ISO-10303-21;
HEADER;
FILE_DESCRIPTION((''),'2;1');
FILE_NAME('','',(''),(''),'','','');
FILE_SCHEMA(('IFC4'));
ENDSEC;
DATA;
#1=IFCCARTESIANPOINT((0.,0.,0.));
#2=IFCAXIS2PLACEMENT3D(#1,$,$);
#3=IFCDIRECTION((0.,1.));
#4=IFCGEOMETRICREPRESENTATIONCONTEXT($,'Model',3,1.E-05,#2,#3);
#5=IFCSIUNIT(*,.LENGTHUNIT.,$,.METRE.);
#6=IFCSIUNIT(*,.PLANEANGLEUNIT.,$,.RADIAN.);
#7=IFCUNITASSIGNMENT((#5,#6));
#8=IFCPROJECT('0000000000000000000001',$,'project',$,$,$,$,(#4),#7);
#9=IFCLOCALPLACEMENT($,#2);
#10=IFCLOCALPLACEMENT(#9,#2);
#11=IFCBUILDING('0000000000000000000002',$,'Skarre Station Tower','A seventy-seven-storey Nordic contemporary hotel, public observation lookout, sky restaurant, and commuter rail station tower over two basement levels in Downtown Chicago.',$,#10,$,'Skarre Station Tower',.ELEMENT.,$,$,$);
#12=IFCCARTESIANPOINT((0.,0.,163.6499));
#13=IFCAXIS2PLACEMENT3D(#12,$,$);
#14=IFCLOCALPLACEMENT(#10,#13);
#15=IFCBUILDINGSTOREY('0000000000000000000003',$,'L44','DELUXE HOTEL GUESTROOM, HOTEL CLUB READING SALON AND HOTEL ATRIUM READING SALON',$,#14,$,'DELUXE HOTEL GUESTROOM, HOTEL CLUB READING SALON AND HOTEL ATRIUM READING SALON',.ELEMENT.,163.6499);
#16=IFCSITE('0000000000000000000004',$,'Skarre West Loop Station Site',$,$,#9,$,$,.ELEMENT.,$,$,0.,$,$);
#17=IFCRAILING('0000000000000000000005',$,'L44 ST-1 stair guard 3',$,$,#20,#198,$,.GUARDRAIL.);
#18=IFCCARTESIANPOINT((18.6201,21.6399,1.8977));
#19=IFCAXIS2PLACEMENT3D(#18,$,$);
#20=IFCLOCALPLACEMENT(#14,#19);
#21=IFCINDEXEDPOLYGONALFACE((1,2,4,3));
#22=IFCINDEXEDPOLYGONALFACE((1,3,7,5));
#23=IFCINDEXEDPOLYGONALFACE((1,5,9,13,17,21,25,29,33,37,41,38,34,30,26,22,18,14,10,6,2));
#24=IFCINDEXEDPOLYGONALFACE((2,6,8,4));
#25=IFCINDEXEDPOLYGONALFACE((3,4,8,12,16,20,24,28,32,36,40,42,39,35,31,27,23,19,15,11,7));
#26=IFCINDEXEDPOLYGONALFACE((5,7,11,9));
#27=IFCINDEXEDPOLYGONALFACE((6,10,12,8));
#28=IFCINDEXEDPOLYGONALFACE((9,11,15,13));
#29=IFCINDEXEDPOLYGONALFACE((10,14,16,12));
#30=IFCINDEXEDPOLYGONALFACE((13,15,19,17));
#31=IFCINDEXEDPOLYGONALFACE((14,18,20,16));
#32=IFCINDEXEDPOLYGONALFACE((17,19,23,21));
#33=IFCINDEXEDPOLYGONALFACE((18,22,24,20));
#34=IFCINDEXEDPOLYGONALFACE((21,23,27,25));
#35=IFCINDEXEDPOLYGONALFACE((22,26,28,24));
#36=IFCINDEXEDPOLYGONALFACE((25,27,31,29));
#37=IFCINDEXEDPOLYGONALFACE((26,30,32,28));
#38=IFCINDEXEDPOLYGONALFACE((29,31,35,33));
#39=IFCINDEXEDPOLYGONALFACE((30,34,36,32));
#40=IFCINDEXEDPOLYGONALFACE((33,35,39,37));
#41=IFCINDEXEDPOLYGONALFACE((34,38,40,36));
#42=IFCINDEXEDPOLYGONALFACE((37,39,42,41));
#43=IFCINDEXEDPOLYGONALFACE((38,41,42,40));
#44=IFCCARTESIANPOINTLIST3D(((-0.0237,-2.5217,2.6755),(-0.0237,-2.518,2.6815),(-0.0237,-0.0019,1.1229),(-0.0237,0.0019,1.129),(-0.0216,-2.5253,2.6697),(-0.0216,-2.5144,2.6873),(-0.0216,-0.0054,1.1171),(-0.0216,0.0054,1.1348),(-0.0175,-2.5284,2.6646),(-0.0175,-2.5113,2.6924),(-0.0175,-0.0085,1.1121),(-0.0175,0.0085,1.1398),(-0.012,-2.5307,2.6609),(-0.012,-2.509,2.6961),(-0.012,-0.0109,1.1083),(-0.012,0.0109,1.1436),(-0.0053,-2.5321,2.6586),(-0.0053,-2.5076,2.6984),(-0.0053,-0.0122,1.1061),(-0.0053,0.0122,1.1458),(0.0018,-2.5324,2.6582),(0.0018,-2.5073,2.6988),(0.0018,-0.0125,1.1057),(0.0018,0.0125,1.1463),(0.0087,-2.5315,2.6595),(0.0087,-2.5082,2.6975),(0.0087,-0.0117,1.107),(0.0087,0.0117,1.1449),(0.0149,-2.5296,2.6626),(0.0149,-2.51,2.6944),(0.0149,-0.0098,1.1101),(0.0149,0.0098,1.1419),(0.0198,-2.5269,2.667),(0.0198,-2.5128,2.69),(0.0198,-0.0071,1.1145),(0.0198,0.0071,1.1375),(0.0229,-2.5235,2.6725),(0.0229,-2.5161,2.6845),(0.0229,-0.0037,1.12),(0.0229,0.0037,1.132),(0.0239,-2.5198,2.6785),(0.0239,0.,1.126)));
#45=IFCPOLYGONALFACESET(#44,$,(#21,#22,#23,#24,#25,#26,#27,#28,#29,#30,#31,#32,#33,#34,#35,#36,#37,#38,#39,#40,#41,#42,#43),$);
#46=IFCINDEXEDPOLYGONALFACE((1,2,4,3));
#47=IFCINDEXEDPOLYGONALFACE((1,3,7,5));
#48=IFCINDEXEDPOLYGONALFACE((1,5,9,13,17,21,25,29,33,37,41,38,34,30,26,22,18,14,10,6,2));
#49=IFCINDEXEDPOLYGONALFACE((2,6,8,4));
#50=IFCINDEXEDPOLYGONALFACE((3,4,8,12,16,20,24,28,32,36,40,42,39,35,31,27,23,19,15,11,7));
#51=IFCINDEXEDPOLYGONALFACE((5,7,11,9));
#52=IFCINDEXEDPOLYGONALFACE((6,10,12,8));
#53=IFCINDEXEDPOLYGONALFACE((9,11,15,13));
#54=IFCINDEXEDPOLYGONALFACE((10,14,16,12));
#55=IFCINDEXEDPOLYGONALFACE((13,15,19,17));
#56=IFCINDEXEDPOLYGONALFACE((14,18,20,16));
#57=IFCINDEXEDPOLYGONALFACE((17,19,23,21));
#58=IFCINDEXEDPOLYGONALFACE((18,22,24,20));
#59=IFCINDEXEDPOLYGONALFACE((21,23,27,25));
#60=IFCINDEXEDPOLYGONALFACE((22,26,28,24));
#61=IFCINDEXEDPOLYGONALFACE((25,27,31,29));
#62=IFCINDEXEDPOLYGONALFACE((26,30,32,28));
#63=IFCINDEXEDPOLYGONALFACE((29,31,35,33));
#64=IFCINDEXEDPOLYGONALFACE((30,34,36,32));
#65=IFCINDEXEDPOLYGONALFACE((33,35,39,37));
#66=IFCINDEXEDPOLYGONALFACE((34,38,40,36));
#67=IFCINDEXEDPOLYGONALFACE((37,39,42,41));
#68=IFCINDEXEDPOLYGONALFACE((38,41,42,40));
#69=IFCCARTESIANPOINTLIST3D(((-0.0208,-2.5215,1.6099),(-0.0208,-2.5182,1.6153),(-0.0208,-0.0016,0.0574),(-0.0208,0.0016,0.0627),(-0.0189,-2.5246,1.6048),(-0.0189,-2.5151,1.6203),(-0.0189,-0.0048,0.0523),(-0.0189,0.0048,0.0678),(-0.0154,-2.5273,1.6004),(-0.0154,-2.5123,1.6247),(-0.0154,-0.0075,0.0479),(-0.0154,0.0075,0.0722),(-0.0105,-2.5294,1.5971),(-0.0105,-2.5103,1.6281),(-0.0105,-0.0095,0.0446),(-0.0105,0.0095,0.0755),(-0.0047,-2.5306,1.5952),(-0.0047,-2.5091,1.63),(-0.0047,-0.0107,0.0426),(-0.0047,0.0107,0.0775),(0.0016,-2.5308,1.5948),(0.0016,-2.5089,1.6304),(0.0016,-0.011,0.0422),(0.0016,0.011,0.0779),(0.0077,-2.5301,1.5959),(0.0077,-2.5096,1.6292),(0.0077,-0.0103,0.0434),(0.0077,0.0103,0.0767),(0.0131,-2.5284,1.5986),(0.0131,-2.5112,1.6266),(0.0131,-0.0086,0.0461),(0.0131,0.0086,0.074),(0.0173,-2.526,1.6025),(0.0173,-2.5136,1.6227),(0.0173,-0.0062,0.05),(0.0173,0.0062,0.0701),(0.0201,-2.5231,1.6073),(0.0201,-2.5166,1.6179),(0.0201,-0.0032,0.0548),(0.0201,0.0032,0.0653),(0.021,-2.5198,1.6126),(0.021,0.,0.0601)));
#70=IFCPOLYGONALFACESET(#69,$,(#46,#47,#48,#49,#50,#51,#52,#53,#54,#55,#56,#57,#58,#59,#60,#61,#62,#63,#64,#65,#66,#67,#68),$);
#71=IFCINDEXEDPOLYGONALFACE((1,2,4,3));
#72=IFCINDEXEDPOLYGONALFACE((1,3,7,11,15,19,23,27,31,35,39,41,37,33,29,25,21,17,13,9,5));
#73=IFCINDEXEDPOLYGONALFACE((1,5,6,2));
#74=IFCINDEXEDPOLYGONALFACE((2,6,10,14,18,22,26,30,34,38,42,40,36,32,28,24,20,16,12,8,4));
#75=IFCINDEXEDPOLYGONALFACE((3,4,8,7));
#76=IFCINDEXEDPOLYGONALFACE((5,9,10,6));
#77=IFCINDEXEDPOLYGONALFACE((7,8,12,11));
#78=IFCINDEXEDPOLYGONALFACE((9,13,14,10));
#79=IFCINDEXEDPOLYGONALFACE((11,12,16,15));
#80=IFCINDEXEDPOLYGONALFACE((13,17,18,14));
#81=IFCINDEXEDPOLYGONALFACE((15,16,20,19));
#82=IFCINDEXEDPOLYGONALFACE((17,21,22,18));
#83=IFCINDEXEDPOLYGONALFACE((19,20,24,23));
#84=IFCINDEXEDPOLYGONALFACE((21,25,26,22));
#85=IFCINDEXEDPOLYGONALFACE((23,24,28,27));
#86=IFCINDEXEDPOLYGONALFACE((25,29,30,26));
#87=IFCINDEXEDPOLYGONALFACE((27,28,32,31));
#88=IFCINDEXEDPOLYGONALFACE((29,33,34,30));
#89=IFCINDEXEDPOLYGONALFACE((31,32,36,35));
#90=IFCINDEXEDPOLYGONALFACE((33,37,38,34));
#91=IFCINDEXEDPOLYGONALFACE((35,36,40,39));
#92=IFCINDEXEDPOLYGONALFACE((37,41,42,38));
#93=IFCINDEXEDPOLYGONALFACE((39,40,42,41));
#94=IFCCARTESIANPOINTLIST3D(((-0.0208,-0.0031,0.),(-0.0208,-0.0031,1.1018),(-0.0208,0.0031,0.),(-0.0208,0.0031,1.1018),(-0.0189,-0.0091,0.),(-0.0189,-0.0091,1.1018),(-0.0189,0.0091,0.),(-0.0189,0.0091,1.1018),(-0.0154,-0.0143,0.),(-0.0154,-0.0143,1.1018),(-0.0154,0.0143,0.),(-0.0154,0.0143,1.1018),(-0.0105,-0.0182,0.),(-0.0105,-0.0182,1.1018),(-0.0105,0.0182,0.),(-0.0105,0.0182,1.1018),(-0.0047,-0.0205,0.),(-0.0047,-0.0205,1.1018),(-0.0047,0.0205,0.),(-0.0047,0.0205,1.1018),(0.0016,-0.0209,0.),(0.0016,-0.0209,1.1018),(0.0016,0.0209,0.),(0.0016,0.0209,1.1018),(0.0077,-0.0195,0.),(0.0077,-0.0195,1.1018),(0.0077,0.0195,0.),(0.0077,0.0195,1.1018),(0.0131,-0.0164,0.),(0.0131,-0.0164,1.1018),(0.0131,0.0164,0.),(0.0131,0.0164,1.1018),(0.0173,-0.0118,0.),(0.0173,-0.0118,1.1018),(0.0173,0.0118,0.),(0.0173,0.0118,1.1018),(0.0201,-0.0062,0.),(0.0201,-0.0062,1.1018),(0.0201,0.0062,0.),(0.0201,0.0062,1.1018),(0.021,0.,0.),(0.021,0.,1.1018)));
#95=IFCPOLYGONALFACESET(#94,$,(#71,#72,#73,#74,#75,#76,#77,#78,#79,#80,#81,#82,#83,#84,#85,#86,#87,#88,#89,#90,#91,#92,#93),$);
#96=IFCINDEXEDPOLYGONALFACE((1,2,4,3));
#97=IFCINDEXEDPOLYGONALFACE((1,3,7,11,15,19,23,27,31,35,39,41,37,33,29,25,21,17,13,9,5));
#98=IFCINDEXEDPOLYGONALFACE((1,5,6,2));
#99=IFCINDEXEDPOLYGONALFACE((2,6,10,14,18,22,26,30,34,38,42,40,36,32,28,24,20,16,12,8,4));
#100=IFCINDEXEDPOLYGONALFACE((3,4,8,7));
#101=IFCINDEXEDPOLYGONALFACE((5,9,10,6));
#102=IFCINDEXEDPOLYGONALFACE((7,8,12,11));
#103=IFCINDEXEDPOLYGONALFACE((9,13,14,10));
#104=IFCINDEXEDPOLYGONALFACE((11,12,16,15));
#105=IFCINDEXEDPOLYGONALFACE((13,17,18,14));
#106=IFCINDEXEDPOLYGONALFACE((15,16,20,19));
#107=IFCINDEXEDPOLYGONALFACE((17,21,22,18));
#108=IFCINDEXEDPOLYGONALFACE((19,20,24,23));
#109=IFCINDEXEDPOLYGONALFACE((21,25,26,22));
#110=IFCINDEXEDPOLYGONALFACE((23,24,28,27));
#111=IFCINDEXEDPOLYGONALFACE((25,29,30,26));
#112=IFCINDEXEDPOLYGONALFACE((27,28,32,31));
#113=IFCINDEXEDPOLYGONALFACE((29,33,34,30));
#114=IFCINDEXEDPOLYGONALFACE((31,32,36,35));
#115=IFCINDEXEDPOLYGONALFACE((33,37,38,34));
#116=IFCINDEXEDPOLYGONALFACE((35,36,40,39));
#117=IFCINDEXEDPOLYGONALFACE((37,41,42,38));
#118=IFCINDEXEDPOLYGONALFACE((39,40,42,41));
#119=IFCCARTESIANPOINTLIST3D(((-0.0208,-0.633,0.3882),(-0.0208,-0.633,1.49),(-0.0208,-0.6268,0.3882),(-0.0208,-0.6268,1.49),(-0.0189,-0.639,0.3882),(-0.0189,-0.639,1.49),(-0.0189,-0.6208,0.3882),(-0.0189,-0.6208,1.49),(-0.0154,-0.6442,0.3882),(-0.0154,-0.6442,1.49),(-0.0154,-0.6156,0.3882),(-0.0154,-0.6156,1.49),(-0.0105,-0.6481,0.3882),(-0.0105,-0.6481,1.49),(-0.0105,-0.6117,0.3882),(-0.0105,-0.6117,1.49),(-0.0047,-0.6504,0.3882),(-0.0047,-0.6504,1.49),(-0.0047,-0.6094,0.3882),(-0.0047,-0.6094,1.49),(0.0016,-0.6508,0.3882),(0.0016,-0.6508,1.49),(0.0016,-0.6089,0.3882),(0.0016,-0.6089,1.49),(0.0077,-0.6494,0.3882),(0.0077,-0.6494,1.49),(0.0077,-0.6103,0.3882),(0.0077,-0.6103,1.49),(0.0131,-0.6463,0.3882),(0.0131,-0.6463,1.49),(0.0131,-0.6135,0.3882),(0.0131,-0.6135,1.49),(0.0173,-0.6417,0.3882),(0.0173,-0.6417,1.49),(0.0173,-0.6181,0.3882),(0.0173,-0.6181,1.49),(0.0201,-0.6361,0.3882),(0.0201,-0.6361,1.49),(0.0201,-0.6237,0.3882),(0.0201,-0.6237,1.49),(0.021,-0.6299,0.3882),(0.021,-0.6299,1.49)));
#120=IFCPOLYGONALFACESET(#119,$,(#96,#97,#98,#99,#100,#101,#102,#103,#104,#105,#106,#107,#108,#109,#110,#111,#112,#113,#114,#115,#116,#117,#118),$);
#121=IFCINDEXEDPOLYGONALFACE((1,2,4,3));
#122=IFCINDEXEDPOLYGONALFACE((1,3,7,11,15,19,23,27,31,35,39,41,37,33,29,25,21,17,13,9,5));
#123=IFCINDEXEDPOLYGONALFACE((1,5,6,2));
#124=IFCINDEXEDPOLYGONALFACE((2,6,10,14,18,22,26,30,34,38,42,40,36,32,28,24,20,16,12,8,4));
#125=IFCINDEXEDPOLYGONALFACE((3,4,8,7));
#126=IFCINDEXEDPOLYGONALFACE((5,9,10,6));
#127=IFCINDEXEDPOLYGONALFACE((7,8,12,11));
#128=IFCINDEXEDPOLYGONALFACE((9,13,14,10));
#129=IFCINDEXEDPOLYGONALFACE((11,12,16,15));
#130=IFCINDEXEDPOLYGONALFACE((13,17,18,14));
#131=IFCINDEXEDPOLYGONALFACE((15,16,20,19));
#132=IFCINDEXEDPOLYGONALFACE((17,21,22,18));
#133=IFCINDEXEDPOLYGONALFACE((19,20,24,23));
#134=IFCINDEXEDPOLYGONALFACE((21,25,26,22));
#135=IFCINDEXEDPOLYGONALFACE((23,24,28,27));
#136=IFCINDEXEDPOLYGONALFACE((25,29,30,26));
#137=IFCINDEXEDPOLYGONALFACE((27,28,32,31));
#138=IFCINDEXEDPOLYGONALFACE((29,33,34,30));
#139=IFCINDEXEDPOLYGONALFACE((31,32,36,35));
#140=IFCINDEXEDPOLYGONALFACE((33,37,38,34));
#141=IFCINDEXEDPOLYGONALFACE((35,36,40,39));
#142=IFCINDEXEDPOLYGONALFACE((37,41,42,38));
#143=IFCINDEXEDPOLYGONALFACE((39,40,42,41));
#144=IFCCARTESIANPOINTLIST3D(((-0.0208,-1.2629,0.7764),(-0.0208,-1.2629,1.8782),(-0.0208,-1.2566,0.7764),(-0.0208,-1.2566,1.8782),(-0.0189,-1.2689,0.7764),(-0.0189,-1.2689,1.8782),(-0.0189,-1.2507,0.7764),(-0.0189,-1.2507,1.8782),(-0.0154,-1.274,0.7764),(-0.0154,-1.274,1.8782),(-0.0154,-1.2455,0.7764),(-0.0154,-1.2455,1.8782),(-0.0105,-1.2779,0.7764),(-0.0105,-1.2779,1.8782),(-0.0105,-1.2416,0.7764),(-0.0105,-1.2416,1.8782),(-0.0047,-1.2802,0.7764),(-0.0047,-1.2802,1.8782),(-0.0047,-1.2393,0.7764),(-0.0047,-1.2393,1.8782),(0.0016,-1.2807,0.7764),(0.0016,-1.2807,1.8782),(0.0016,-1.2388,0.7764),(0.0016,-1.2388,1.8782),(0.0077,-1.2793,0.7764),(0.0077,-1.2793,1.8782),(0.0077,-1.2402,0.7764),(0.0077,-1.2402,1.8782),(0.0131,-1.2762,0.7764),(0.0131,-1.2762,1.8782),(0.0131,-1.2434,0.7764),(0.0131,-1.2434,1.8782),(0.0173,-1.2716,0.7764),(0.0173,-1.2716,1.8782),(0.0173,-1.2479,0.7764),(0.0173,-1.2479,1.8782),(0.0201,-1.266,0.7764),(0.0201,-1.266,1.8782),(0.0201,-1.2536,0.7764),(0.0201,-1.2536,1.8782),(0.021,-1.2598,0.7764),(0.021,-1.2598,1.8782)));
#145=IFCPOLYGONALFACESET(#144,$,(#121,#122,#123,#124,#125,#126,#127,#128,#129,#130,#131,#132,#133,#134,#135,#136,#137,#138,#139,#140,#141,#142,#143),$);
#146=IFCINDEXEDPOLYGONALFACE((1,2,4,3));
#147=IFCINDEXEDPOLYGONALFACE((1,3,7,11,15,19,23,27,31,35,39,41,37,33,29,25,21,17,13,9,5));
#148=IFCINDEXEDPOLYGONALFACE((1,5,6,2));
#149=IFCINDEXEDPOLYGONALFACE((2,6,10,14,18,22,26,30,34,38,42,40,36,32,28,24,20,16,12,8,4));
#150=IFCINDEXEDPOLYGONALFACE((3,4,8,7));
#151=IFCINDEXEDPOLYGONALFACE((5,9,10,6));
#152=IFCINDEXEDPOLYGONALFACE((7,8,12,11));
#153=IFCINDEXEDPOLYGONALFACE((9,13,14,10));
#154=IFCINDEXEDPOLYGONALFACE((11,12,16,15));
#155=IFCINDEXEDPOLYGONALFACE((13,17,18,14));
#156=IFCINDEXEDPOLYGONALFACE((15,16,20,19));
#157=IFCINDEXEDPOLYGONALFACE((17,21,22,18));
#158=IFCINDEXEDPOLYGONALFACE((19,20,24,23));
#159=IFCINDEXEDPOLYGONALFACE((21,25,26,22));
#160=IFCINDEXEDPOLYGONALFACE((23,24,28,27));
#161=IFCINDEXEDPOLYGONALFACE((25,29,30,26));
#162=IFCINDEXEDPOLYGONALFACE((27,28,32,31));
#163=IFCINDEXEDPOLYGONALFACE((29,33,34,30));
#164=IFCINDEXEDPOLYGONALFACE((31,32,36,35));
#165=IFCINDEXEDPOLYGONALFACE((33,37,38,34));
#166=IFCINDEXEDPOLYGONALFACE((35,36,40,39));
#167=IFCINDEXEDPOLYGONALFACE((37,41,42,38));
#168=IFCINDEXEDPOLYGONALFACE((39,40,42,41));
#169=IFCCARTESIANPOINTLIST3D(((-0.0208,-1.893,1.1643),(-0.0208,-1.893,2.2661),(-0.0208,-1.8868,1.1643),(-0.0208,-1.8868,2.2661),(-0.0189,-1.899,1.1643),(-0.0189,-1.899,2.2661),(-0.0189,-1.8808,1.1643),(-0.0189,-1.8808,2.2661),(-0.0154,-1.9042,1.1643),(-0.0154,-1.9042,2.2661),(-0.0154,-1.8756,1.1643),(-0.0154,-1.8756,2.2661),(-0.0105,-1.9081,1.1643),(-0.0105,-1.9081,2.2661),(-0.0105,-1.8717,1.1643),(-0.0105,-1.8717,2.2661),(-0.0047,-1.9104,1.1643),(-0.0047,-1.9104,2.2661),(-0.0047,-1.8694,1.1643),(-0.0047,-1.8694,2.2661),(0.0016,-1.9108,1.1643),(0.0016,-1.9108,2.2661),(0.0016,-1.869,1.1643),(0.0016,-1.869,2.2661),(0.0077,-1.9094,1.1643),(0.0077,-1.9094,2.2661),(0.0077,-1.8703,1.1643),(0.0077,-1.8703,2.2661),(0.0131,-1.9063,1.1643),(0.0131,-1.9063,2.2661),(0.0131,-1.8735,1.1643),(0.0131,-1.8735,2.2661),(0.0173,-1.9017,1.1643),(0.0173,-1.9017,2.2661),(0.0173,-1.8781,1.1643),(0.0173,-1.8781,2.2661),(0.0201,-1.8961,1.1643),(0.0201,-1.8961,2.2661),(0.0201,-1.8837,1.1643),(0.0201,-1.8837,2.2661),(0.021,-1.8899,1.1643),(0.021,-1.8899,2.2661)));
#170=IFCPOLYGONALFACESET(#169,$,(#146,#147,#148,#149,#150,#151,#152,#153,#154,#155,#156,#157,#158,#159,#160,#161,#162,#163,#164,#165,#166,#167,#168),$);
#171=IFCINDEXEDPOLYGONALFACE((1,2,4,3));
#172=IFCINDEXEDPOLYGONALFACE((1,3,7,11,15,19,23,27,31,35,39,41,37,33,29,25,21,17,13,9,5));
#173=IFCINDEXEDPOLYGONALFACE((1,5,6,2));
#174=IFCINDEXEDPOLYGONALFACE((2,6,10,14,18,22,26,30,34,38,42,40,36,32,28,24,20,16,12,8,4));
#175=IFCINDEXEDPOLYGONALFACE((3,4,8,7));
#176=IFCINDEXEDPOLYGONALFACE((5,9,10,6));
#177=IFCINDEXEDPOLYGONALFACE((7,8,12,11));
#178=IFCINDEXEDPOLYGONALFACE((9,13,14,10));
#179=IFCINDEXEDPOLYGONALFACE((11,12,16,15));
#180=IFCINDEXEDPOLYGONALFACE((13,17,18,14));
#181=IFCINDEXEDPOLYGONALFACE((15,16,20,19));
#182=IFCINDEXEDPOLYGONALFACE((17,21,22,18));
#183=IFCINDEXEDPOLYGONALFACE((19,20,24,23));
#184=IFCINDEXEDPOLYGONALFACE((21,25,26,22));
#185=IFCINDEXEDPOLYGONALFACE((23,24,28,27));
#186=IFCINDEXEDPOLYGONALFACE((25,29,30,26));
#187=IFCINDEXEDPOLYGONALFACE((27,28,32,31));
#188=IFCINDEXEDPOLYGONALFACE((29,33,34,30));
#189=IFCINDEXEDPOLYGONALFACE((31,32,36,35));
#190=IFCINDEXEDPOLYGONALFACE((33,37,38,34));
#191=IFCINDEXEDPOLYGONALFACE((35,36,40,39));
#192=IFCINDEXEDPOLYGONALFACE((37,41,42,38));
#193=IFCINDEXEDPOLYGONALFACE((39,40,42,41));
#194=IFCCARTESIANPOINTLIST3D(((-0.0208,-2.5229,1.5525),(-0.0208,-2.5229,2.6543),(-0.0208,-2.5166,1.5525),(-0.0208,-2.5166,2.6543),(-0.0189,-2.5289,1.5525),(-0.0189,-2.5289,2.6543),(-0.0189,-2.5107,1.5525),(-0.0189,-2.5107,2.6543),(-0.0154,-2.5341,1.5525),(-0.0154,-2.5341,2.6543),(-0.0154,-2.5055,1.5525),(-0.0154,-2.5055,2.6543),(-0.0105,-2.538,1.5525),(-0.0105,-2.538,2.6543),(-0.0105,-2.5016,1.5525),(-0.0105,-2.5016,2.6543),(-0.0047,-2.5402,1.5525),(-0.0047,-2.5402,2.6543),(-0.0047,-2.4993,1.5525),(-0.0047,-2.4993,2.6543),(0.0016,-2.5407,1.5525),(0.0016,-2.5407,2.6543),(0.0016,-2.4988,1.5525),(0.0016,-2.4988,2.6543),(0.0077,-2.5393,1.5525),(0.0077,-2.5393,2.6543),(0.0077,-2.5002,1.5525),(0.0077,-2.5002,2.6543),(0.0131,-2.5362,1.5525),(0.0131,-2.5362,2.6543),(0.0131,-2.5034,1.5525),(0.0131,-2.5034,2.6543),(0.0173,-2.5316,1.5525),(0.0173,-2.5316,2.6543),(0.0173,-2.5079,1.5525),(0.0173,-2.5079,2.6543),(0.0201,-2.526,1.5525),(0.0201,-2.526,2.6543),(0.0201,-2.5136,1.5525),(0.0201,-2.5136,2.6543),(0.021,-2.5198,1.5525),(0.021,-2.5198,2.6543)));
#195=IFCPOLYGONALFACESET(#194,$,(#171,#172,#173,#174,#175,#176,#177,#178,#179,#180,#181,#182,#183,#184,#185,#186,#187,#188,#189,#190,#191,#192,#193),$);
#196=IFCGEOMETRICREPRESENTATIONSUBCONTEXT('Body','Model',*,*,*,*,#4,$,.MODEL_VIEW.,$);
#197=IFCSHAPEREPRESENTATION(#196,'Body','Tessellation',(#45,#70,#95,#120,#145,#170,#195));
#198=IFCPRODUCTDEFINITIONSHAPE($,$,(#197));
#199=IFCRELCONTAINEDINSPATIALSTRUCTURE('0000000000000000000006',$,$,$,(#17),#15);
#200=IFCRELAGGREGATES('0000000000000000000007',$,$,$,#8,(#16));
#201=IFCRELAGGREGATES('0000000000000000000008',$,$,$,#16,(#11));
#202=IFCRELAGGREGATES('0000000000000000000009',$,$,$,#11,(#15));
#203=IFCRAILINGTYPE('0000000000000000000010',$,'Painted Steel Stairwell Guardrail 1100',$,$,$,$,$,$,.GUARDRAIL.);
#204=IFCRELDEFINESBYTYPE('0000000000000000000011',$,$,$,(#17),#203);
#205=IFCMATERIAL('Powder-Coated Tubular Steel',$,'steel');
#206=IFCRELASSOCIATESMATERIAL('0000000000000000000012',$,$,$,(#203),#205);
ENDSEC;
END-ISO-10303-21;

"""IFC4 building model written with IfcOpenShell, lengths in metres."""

from ifc_helpers import new_model, si_unit, direction, frame, origin, origin_2d, place, context, subcontext, project, spatial, circle, extrude, material, type_object, element, save


model = new_model("IFC4")

# Units and contexts
model_context = context("Model", 3, precision=1e-05, world=origin(), true_north=direction((0.0, 1.0)))
body_context = subcontext(model_context, "Body", "Model", "MODEL_VIEW")
ifc_project = project(units=[si_unit("LENGTHUNIT", "METRE"), si_unit("PLANEANGLEUNIT", "RADIAN")], contexts=[model_context])

# Site, building, storey
site_placement = place(None, origin())
site = spatial("IfcSite", under=ifc_project, at=site_placement, Name="Skarre West Loop Station Site", CompositionType="ELEMENT", RefElevation=0.0)
building_placement = place(site_placement, origin())
building = spatial("IfcBuilding", under=site, at=building_placement, Name="Skarre Station Tower", Description="A seventy-seven-storey Nordic contemporary hotel, public observation lookout, sky restaurant, and commuter rail station tower over two basement levels in Downtown Chicago.", LongName="Skarre Station Tower", CompositionType="ELEMENT")
storey_placement = place(building_placement, frame((0.0, 0.0, 163.6499)))
storey = spatial("IfcBuildingStorey", under=building, at=storey_placement, Name="L44", Description="DELUXE HOTEL GUESTROOM, HOTEL CLUB READING SALON AND HOTEL ATRIUM READING SALON", LongName="DELUXE HOTEL GUESTROOM, HOTEL CLUB READING SALON AND HOTEL ATRIUM READING SALON", CompositionType="ELEMENT", Elevation=163.6499)

# Railing
ifc_material_1 = material(Name="Powder-Coated Tubular Steel", Category="steel")
railing_type_1 = type_object("IfcRailingType", Name="Painted Steel Stairwell Guardrail 1100", PredefinedType="GUARDRAIL", material=ifc_material_1)
railing_1_placement = place(storey_placement, frame((18.6201, 21.6399, 1.8977)))
element("IfcRailing", 1, at=railing_1_placement, inside=storey, type_object=railing_type_1, Name="L44 ST-1 stair guard 3", PredefinedType="GUARDRAIL", context=body_context, shape_type="SweptSolid", body=[
    extrude(circle(Radius=0.0239, at=origin_2d()), frame((0.0, 0.0, 1.126), z_axis=(0.0, -0.851378, 0.524553), x_axis=(1.0, 0.0, 0.0)), (0.0, 0.0, 1.0), 2.9597),
    extrude(circle(Radius=0.021, at=origin_2d()), frame((0.0, 0.0, 0.0601), z_axis=(0.0, -0.851378, 0.524553), x_axis=(1.0, 0.0, 0.0)), (0.0, 0.0, 1.0), 2.9597),
    extrude(circle(Radius=0.021, at=origin_2d()), origin(), (0.0, 0.0, 1.0), 1.1018),
    extrude(circle(Radius=0.021, at=origin_2d()), frame((0.0, -0.6299, 0.3882)), (0.0, 0.0, 1.0), 1.1018),
    extrude(circle(Radius=0.021, at=origin_2d()), frame((0.0, -1.2598, 0.7764)), (0.0, 0.0, 1.0), 1.1018),
    extrude(circle(Radius=0.021, at=origin_2d()), frame((0.0, -1.8899, 1.1643)), (0.0, 0.0, 1.0), 1.1018),
    extrude(circle(Radius=0.021, at=origin_2d()), frame((0.0, -2.5198, 1.5525)), (0.0, 0.0, 1.0), 1.1018),
])

save(model, "model.ifc")
